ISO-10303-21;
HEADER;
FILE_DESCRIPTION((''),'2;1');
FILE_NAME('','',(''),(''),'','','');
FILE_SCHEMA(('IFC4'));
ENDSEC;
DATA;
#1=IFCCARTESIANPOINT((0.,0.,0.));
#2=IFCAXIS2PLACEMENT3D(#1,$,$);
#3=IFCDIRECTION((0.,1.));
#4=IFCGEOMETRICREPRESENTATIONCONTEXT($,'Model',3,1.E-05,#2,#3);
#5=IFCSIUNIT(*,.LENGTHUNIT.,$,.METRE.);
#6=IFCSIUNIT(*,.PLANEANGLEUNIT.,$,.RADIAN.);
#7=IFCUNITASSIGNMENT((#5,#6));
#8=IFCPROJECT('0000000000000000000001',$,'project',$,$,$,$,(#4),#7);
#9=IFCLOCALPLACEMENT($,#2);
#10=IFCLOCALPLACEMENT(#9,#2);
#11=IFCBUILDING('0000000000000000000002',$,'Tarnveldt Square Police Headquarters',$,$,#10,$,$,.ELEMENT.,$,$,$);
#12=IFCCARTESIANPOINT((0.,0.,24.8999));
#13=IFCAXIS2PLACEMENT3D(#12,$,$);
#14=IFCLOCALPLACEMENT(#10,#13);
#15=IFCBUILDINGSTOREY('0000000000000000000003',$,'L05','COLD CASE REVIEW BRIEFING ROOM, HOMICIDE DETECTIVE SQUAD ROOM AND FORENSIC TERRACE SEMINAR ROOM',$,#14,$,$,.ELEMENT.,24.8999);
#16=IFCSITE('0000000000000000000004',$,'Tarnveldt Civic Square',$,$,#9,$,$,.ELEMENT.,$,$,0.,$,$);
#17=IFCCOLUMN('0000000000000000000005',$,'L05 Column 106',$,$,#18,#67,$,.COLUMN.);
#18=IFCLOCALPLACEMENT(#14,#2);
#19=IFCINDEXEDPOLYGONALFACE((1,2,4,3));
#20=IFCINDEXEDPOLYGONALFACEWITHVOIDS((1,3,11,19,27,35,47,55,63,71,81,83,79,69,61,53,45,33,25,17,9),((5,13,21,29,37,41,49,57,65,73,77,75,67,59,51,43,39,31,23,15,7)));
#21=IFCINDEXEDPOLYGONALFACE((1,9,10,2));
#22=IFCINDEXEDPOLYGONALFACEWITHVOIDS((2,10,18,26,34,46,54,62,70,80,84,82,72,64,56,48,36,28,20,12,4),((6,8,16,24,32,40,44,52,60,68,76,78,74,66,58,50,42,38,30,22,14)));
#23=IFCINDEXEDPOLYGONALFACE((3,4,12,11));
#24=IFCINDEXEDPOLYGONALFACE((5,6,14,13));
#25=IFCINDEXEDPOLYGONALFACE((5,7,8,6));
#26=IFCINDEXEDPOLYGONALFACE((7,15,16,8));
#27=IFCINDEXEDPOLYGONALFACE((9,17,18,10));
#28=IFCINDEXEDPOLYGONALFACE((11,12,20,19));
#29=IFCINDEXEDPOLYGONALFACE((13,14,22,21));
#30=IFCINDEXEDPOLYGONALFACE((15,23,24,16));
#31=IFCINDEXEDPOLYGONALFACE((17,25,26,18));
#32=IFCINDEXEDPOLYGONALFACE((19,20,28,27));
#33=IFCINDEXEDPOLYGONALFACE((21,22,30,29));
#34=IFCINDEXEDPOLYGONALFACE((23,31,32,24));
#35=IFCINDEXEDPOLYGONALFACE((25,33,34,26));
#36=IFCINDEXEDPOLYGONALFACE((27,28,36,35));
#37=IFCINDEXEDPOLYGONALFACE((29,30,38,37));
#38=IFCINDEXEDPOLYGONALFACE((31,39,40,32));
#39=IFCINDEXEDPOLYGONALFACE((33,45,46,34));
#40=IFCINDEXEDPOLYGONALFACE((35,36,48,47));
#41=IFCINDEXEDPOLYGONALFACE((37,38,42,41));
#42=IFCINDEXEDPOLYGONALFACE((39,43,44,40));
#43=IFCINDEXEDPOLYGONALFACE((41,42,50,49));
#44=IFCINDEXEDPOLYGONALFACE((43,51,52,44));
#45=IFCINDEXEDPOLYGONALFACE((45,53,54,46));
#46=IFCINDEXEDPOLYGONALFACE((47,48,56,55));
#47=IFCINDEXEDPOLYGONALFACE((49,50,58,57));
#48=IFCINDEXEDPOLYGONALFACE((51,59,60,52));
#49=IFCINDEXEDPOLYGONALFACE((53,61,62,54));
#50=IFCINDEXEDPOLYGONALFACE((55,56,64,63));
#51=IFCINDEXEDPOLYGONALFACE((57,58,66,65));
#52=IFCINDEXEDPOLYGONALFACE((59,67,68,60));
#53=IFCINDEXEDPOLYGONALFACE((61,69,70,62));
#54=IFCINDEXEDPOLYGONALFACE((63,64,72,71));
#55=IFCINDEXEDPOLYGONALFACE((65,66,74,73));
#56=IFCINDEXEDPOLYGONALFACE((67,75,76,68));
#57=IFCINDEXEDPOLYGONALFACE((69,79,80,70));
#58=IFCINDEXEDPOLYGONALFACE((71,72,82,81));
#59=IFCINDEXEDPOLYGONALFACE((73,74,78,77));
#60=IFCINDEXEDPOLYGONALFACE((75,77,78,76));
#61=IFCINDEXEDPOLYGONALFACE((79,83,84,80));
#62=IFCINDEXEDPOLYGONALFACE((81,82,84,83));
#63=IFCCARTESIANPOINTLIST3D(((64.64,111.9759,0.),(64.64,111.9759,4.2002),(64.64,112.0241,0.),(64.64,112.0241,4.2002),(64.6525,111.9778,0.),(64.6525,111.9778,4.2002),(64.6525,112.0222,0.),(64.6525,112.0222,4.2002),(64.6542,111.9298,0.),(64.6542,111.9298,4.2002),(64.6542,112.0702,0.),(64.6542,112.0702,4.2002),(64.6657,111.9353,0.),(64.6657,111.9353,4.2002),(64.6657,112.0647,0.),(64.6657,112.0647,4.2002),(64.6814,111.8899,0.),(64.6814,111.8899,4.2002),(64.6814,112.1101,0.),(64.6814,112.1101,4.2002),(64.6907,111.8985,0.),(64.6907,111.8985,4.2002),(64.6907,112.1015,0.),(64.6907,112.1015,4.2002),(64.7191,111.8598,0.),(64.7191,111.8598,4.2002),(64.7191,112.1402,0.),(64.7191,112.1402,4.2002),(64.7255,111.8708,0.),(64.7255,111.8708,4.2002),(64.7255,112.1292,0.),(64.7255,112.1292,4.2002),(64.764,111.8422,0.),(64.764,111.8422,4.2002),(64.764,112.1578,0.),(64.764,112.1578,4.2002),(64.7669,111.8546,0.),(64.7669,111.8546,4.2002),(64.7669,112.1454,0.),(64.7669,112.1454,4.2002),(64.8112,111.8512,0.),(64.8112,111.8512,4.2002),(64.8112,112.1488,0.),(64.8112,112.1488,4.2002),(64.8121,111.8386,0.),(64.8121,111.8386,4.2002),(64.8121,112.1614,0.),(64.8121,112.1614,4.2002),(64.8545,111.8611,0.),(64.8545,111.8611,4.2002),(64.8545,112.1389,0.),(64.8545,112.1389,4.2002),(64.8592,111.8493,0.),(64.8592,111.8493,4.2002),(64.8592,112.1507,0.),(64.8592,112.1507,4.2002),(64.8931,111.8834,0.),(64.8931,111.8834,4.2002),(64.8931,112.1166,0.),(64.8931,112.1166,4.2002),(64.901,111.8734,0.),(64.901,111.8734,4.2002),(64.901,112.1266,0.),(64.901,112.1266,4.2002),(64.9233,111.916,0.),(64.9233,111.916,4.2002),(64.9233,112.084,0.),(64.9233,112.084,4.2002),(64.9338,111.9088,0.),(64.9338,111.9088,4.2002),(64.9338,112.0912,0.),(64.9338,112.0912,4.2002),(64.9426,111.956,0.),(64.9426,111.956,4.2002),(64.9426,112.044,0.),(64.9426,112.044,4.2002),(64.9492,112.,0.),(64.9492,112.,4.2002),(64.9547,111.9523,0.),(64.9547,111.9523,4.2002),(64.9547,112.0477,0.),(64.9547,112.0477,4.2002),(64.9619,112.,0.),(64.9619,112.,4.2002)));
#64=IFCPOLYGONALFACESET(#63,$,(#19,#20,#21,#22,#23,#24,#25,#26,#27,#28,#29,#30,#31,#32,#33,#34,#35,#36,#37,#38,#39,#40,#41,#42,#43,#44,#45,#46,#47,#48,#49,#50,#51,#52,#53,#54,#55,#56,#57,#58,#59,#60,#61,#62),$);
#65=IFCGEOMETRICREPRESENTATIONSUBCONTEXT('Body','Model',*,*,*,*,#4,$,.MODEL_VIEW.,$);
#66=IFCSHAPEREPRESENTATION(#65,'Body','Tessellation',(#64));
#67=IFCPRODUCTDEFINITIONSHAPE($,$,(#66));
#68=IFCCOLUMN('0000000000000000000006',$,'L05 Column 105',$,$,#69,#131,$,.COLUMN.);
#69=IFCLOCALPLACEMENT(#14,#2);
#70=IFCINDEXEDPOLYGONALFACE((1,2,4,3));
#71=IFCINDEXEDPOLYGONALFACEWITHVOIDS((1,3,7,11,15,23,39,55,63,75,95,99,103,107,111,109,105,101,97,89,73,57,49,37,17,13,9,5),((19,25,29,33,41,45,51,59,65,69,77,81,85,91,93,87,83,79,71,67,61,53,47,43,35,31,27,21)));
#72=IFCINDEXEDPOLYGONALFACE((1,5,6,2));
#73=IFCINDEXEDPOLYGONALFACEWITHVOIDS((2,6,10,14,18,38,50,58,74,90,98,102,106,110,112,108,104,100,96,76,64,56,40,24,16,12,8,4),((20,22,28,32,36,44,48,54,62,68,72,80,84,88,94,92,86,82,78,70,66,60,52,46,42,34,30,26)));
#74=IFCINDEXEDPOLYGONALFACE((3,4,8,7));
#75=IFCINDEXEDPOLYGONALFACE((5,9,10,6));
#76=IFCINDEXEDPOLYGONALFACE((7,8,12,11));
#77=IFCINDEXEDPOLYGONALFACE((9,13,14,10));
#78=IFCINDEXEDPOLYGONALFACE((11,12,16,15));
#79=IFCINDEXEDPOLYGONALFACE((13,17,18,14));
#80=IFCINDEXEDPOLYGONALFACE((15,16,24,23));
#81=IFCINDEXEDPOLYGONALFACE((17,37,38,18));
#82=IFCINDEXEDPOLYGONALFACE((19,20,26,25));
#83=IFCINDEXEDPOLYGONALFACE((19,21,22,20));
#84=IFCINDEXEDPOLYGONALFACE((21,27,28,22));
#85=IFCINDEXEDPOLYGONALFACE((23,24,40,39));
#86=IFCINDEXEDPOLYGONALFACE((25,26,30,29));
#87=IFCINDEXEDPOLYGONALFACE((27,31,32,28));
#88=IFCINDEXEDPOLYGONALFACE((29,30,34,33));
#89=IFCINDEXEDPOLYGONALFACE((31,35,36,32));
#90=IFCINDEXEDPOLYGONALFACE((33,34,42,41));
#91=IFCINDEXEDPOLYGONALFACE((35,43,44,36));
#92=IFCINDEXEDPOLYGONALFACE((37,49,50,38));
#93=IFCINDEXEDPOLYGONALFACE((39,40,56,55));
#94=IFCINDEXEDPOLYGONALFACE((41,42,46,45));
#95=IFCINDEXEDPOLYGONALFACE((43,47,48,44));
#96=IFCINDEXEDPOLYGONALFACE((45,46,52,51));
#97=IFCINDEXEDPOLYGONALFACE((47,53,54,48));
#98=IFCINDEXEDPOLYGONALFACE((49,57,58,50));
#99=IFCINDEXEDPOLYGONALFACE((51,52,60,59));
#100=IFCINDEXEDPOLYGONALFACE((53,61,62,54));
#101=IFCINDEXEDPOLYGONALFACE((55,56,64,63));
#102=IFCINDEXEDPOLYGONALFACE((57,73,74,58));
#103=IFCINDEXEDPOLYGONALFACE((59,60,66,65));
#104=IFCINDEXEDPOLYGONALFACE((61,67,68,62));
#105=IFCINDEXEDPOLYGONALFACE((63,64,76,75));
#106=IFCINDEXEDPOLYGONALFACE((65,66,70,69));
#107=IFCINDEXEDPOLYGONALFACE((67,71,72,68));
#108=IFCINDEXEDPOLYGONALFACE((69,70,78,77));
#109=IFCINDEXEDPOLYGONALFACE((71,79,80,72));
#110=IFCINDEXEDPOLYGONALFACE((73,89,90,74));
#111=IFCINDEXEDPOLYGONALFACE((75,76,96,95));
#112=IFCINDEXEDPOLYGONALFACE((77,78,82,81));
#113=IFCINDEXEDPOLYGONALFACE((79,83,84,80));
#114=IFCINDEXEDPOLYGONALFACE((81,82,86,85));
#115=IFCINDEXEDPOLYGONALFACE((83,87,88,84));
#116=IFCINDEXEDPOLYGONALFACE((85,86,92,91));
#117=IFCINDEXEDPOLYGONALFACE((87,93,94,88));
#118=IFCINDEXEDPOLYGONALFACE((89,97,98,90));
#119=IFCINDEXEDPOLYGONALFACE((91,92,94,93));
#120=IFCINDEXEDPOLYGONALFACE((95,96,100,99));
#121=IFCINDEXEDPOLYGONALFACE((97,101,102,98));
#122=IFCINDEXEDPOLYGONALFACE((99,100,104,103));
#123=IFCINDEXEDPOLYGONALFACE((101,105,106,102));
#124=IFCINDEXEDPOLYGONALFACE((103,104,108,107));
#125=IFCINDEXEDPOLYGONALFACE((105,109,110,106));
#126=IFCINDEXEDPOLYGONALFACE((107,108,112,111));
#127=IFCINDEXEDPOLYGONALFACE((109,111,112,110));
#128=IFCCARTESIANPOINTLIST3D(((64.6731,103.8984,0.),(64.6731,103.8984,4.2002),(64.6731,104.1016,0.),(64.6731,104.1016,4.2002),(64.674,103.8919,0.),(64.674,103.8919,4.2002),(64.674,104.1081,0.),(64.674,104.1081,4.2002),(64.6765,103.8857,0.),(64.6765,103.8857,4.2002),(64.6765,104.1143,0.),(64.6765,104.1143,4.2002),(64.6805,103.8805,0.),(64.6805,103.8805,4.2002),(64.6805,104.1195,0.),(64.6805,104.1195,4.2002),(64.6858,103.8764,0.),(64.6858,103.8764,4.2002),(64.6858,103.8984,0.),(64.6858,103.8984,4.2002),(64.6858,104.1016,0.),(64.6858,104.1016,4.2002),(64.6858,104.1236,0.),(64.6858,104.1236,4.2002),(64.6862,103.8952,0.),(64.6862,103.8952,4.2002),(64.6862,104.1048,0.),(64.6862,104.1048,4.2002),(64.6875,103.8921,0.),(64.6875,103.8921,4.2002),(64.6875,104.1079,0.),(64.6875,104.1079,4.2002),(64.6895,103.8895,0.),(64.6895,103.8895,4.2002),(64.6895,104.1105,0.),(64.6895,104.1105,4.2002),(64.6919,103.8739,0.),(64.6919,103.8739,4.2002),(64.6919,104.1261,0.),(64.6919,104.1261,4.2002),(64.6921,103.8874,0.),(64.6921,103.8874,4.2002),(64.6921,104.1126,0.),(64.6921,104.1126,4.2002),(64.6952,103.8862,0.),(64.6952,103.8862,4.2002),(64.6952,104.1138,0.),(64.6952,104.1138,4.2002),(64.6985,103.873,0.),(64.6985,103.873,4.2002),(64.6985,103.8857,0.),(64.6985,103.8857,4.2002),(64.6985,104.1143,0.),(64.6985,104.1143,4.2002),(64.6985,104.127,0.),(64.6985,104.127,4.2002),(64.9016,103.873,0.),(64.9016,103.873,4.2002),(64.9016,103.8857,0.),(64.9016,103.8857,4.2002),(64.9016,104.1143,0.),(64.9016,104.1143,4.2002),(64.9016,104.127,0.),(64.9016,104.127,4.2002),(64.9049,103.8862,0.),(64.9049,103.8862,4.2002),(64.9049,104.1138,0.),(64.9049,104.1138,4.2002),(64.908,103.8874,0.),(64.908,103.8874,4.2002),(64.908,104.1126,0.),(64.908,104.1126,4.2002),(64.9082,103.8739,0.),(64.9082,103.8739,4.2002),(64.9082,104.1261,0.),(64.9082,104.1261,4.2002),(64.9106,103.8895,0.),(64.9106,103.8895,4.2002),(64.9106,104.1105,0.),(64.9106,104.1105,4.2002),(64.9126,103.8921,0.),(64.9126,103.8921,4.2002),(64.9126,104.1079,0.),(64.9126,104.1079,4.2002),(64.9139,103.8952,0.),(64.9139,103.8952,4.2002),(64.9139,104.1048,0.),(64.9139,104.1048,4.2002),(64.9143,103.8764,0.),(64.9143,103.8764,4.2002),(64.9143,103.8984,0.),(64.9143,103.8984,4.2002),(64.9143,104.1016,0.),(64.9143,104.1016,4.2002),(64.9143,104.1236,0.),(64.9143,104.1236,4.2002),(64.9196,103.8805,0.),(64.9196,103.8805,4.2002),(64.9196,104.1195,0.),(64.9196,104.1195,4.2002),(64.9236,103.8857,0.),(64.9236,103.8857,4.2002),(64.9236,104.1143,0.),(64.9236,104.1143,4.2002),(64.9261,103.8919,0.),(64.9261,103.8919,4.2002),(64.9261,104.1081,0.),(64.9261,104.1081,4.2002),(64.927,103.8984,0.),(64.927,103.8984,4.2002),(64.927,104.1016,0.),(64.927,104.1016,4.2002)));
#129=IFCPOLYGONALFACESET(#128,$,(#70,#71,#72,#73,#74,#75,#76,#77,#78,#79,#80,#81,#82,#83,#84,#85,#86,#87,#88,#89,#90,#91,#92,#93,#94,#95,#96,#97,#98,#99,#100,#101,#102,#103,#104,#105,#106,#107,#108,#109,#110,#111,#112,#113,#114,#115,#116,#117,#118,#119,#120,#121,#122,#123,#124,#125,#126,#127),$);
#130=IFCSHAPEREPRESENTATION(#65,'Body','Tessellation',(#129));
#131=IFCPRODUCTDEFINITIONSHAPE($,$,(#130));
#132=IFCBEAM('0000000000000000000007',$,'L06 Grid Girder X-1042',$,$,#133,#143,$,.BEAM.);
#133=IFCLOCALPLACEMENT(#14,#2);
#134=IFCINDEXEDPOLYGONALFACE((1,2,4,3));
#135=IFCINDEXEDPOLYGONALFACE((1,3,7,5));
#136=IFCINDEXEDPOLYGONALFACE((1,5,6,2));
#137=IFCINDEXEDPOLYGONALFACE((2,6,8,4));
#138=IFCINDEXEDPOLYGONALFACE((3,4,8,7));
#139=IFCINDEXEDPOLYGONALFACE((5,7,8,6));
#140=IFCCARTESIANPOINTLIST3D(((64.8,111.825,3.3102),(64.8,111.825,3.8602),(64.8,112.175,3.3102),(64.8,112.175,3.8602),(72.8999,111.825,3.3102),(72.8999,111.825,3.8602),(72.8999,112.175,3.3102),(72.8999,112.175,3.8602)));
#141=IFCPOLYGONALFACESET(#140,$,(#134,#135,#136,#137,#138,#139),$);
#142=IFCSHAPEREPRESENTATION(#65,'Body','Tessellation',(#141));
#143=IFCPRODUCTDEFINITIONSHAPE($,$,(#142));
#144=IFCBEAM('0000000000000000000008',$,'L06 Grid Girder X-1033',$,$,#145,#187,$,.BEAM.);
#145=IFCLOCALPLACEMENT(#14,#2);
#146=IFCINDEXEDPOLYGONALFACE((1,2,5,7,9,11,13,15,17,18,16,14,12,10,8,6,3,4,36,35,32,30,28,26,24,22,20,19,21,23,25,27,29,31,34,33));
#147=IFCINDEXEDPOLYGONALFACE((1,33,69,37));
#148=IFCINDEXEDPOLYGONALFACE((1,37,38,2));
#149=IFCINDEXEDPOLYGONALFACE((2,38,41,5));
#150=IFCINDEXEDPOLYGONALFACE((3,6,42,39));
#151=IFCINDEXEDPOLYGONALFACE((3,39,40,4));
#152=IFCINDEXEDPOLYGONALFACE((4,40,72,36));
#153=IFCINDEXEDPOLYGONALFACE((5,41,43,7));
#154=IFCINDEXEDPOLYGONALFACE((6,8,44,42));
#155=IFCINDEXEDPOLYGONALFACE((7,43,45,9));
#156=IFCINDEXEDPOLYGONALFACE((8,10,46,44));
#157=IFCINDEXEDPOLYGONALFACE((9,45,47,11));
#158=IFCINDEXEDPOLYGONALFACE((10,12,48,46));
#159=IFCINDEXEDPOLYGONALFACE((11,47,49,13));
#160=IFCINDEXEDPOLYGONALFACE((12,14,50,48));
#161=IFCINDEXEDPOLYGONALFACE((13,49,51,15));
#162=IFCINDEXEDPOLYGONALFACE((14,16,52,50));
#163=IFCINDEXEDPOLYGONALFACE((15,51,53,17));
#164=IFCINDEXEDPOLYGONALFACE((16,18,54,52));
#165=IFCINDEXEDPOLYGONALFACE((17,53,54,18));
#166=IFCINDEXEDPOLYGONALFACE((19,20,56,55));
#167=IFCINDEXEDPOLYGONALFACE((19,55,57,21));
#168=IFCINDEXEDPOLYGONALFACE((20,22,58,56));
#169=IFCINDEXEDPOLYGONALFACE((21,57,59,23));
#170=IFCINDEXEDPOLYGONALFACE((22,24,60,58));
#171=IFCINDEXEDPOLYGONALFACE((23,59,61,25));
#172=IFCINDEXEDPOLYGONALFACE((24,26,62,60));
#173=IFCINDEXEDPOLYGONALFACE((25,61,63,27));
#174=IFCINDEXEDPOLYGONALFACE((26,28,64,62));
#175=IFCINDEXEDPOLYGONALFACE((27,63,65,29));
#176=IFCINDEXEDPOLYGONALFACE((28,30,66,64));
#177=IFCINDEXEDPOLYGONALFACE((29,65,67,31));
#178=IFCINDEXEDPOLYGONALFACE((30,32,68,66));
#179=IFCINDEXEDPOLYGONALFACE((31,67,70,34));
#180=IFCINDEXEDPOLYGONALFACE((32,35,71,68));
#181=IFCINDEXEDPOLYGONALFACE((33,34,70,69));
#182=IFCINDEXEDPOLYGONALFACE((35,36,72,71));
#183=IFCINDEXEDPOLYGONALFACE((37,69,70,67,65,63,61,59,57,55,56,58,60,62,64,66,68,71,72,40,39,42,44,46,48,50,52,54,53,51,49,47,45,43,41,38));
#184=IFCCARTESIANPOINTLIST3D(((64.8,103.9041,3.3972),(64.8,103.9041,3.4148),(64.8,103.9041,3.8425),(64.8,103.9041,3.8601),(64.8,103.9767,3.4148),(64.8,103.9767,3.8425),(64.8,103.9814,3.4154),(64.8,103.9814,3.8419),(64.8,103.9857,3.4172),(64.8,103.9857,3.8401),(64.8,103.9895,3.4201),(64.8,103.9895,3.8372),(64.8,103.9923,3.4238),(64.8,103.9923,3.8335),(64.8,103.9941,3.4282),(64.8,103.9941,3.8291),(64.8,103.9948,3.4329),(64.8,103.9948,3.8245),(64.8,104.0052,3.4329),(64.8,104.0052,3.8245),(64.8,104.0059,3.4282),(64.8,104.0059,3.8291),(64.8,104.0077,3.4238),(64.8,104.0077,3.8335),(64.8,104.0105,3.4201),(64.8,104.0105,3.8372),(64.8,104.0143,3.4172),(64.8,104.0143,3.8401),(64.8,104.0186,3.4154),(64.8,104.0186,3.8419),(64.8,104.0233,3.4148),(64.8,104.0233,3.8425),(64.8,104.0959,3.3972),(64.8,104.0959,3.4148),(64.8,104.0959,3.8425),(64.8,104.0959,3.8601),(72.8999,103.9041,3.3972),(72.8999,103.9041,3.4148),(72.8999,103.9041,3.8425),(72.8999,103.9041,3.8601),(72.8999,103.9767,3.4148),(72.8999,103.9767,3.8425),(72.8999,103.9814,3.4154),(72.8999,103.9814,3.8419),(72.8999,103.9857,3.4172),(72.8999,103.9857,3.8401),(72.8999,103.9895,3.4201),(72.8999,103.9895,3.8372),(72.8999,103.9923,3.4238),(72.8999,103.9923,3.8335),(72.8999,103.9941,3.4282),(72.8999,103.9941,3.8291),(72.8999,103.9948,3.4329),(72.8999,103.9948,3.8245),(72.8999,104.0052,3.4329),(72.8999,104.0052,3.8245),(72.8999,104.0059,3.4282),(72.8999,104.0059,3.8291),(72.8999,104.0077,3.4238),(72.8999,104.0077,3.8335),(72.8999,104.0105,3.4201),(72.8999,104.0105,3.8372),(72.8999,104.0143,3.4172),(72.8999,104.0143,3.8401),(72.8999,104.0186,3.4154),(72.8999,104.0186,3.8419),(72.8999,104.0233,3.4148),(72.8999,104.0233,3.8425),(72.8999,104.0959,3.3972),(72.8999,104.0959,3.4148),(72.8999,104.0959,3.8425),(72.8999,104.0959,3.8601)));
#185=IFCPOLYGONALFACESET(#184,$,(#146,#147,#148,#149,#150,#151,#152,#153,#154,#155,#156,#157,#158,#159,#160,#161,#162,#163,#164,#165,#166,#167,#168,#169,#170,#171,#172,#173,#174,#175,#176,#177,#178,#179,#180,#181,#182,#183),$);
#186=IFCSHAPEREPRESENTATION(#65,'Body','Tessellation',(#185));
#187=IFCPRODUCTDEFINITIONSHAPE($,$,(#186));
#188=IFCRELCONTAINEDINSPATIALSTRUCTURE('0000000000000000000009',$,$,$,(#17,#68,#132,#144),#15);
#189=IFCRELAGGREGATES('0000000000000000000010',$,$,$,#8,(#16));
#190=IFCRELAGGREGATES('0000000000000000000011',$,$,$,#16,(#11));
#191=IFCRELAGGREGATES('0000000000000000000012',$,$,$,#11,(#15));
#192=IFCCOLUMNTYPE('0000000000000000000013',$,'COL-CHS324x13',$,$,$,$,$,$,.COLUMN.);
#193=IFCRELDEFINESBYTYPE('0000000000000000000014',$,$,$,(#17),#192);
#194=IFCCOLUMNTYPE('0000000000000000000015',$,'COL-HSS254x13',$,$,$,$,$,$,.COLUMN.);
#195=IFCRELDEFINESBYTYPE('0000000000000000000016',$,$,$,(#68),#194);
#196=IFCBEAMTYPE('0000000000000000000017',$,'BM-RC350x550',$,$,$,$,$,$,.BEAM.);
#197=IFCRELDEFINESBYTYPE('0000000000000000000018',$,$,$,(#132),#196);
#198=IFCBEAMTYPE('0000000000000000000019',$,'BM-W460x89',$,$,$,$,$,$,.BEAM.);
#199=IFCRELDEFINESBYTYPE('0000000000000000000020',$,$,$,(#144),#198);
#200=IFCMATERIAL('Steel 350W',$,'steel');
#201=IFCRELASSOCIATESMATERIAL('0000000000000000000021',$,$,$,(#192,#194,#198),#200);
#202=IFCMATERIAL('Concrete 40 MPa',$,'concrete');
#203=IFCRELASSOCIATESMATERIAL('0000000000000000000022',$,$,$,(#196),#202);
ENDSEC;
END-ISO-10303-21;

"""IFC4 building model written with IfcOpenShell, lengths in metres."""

from ifc_helpers import new_model, si_unit, direction, frame, origin, origin_2d, place, context, subcontext, project, spatial, rectangle, hollow_rectangle, hollow_circle, i_section, extrude, material, material_profile, profile_set, type_object, element, save


model = new_model("IFC4")

# Units and contexts
model_context = context("Model", 3, precision=1e-05, world=origin(), true_north=direction((0.0, 1.0)))
body_context = subcontext(model_context, "Body", "Model", "MODEL_VIEW")
ifc_project = project(units=[si_unit("LENGTHUNIT", "METRE"), si_unit("PLANEANGLEUNIT", "RADIAN")], contexts=[model_context])

# Site, building, storey
site_placement = place(None, origin())
site = spatial("IfcSite", under=ifc_project, at=site_placement, Name="Tarnveldt Civic Square", CompositionType="ELEMENT", RefElevation=0.0)
building_placement = place(site_placement, origin())
building = spatial("IfcBuilding", under=site, at=building_placement, Name="Tarnveldt Square Police Headquarters", CompositionType="ELEMENT")
storey_placement = place(building_placement, frame((0.0, 0.0, 24.8999)))
storey = spatial("IfcBuildingStorey", under=building, at=storey_placement, Name="L05", Description="COLD CASE REVIEW BRIEFING ROOM, HOMICIDE DETECTIVE SQUAD ROOM AND FORENSIC TERRACE SEMINAR ROOM", CompositionType="ELEMENT", Elevation=24.8999)

# Columns
ifc_material_1 = material(Name="Steel 350W", Category="steel")
ifc_material_profile_1 = material_profile(ifc_material_1, hollow_circle(Radius=0.1619, WallThickness=0.0127, at=origin_2d()), Name="HSS324x13")
ifc_profile_set_1 = profile_set([ifc_material_profile_1], Name="Steel 350W")
column_type_1 = type_object("IfcColumnType", Name="COL-CHS324x13", PredefinedType="COLUMN", material=ifc_profile_set_1)
column_1_placement = place(storey_placement, frame((64.8, 112.0, 0.0), z_axis=(0.0, 0.0, 1.0), x_axis=(1.0, 0.0, 0.0)))
element("IfcColumn", 1, at=column_1_placement, inside=storey, type_object=column_type_1, Name="L05 Column 106", PredefinedType="COLUMN", context=body_context, shape_type="SweptSolid", body=[
    extrude(hollow_circle(Radius=0.1619, WallThickness=0.0127, at=origin_2d()), origin(), (0.0, 0.0, 1.0), 4.2002),
])
ifc_material_profile_2 = material_profile(ifc_material_1, hollow_rectangle(XDim=0.2539, YDim=0.2539, WallThickness=0.0127, InnerFilletRadius=0.0127, OuterFilletRadius=0.0254, at=origin_2d()), Name="HSS254x254x13")
ifc_profile_set_2 = profile_set([ifc_material_profile_2], Name="Steel 350W")
column_type_2 = type_object("IfcColumnType", Name="COL-HSS254x13", PredefinedType="COLUMN", material=ifc_profile_set_2)
column_2_placement = place(storey_placement, frame((64.8, 104.0, 0.0), z_axis=(0.0, 0.0, 1.0), x_axis=(1.0, 0.0, 0.0)))
element("IfcColumn", 2, at=column_2_placement, inside=storey, type_object=column_type_2, Name="L05 Column 105", PredefinedType="COLUMN", context=body_context, shape_type="SweptSolid", body=[
    extrude(hollow_rectangle(XDim=0.2539, YDim=0.2539, WallThickness=0.0127, InnerFilletRadius=0.0127, OuterFilletRadius=0.0254, at=origin_2d()), origin(), (0.0, 0.0, 1.0), 4.2002),
])

# Beams
ifc_material_2 = material(Name="Concrete 40 MPa", Category="concrete")
ifc_material_profile_3 = material_profile(ifc_material_2, rectangle(XDim=0.3501, YDim=0.55, at=origin_2d()), Name="RC-B350x550")
ifc_profile_set_3 = profile_set([ifc_material_profile_3], Name="Concrete 40 MPa")
beam_type_1 = type_object("IfcBeamType", Name="BM-RC350x550", PredefinedType="BEAM", material=ifc_profile_set_3)
beam_1_placement = place(storey_placement, frame((64.8, 112.0, 3.5852), z_axis=(1.0, 0.0, 0.0), x_axis=(0.0, 1.0, 0.0)))
element("IfcBeam", 3, at=beam_1_placement, inside=storey, type_object=beam_type_1, Name="L06 Grid Girder X-1042", PredefinedType="BEAM", context=body_context, shape_type="SweptSolid", body=[
    extrude(rectangle(XDim=0.3501, YDim=0.55, at=origin_2d()), origin(), (0.0, 0.0, 1.0), 8.0999),
])
ifc_material_profile_4 = material_profile(ifc_material_1, i_section(OverallWidth=0.1919, OverallDepth=0.4629, WebThickness=0.0105, FlangeThickness=0.0176, FilletRadius=0.0181, at=origin_2d()), Name="W460x89")
ifc_profile_set_4 = profile_set([ifc_material_profile_4], Name="Steel 350W")
beam_type_2 = type_object("IfcBeamType", Name="BM-W460x89", PredefinedType="BEAM", material=ifc_profile_set_4)
beam_2_placement = place(storey_placement, frame((64.8, 104.0, 3.6287), z_axis=(1.0, 0.0, 0.0), x_axis=(0.0, 1.0, 0.0)))
element("IfcBeam", 4, at=beam_2_placement, inside=storey, type_object=beam_type_2, Name="L06 Grid Girder X-1033", PredefinedType="BEAM", context=body_context, shape_type="SweptSolid", body=[
    extrude(i_section(OverallWidth=0.1919, OverallDepth=0.4629, WebThickness=0.0105, FlangeThickness=0.0176, FilletRadius=0.0181, at=origin_2d()), origin(), (0.0, 0.0, 1.0), 8.0999),
])

save(model, "model.ifc")
